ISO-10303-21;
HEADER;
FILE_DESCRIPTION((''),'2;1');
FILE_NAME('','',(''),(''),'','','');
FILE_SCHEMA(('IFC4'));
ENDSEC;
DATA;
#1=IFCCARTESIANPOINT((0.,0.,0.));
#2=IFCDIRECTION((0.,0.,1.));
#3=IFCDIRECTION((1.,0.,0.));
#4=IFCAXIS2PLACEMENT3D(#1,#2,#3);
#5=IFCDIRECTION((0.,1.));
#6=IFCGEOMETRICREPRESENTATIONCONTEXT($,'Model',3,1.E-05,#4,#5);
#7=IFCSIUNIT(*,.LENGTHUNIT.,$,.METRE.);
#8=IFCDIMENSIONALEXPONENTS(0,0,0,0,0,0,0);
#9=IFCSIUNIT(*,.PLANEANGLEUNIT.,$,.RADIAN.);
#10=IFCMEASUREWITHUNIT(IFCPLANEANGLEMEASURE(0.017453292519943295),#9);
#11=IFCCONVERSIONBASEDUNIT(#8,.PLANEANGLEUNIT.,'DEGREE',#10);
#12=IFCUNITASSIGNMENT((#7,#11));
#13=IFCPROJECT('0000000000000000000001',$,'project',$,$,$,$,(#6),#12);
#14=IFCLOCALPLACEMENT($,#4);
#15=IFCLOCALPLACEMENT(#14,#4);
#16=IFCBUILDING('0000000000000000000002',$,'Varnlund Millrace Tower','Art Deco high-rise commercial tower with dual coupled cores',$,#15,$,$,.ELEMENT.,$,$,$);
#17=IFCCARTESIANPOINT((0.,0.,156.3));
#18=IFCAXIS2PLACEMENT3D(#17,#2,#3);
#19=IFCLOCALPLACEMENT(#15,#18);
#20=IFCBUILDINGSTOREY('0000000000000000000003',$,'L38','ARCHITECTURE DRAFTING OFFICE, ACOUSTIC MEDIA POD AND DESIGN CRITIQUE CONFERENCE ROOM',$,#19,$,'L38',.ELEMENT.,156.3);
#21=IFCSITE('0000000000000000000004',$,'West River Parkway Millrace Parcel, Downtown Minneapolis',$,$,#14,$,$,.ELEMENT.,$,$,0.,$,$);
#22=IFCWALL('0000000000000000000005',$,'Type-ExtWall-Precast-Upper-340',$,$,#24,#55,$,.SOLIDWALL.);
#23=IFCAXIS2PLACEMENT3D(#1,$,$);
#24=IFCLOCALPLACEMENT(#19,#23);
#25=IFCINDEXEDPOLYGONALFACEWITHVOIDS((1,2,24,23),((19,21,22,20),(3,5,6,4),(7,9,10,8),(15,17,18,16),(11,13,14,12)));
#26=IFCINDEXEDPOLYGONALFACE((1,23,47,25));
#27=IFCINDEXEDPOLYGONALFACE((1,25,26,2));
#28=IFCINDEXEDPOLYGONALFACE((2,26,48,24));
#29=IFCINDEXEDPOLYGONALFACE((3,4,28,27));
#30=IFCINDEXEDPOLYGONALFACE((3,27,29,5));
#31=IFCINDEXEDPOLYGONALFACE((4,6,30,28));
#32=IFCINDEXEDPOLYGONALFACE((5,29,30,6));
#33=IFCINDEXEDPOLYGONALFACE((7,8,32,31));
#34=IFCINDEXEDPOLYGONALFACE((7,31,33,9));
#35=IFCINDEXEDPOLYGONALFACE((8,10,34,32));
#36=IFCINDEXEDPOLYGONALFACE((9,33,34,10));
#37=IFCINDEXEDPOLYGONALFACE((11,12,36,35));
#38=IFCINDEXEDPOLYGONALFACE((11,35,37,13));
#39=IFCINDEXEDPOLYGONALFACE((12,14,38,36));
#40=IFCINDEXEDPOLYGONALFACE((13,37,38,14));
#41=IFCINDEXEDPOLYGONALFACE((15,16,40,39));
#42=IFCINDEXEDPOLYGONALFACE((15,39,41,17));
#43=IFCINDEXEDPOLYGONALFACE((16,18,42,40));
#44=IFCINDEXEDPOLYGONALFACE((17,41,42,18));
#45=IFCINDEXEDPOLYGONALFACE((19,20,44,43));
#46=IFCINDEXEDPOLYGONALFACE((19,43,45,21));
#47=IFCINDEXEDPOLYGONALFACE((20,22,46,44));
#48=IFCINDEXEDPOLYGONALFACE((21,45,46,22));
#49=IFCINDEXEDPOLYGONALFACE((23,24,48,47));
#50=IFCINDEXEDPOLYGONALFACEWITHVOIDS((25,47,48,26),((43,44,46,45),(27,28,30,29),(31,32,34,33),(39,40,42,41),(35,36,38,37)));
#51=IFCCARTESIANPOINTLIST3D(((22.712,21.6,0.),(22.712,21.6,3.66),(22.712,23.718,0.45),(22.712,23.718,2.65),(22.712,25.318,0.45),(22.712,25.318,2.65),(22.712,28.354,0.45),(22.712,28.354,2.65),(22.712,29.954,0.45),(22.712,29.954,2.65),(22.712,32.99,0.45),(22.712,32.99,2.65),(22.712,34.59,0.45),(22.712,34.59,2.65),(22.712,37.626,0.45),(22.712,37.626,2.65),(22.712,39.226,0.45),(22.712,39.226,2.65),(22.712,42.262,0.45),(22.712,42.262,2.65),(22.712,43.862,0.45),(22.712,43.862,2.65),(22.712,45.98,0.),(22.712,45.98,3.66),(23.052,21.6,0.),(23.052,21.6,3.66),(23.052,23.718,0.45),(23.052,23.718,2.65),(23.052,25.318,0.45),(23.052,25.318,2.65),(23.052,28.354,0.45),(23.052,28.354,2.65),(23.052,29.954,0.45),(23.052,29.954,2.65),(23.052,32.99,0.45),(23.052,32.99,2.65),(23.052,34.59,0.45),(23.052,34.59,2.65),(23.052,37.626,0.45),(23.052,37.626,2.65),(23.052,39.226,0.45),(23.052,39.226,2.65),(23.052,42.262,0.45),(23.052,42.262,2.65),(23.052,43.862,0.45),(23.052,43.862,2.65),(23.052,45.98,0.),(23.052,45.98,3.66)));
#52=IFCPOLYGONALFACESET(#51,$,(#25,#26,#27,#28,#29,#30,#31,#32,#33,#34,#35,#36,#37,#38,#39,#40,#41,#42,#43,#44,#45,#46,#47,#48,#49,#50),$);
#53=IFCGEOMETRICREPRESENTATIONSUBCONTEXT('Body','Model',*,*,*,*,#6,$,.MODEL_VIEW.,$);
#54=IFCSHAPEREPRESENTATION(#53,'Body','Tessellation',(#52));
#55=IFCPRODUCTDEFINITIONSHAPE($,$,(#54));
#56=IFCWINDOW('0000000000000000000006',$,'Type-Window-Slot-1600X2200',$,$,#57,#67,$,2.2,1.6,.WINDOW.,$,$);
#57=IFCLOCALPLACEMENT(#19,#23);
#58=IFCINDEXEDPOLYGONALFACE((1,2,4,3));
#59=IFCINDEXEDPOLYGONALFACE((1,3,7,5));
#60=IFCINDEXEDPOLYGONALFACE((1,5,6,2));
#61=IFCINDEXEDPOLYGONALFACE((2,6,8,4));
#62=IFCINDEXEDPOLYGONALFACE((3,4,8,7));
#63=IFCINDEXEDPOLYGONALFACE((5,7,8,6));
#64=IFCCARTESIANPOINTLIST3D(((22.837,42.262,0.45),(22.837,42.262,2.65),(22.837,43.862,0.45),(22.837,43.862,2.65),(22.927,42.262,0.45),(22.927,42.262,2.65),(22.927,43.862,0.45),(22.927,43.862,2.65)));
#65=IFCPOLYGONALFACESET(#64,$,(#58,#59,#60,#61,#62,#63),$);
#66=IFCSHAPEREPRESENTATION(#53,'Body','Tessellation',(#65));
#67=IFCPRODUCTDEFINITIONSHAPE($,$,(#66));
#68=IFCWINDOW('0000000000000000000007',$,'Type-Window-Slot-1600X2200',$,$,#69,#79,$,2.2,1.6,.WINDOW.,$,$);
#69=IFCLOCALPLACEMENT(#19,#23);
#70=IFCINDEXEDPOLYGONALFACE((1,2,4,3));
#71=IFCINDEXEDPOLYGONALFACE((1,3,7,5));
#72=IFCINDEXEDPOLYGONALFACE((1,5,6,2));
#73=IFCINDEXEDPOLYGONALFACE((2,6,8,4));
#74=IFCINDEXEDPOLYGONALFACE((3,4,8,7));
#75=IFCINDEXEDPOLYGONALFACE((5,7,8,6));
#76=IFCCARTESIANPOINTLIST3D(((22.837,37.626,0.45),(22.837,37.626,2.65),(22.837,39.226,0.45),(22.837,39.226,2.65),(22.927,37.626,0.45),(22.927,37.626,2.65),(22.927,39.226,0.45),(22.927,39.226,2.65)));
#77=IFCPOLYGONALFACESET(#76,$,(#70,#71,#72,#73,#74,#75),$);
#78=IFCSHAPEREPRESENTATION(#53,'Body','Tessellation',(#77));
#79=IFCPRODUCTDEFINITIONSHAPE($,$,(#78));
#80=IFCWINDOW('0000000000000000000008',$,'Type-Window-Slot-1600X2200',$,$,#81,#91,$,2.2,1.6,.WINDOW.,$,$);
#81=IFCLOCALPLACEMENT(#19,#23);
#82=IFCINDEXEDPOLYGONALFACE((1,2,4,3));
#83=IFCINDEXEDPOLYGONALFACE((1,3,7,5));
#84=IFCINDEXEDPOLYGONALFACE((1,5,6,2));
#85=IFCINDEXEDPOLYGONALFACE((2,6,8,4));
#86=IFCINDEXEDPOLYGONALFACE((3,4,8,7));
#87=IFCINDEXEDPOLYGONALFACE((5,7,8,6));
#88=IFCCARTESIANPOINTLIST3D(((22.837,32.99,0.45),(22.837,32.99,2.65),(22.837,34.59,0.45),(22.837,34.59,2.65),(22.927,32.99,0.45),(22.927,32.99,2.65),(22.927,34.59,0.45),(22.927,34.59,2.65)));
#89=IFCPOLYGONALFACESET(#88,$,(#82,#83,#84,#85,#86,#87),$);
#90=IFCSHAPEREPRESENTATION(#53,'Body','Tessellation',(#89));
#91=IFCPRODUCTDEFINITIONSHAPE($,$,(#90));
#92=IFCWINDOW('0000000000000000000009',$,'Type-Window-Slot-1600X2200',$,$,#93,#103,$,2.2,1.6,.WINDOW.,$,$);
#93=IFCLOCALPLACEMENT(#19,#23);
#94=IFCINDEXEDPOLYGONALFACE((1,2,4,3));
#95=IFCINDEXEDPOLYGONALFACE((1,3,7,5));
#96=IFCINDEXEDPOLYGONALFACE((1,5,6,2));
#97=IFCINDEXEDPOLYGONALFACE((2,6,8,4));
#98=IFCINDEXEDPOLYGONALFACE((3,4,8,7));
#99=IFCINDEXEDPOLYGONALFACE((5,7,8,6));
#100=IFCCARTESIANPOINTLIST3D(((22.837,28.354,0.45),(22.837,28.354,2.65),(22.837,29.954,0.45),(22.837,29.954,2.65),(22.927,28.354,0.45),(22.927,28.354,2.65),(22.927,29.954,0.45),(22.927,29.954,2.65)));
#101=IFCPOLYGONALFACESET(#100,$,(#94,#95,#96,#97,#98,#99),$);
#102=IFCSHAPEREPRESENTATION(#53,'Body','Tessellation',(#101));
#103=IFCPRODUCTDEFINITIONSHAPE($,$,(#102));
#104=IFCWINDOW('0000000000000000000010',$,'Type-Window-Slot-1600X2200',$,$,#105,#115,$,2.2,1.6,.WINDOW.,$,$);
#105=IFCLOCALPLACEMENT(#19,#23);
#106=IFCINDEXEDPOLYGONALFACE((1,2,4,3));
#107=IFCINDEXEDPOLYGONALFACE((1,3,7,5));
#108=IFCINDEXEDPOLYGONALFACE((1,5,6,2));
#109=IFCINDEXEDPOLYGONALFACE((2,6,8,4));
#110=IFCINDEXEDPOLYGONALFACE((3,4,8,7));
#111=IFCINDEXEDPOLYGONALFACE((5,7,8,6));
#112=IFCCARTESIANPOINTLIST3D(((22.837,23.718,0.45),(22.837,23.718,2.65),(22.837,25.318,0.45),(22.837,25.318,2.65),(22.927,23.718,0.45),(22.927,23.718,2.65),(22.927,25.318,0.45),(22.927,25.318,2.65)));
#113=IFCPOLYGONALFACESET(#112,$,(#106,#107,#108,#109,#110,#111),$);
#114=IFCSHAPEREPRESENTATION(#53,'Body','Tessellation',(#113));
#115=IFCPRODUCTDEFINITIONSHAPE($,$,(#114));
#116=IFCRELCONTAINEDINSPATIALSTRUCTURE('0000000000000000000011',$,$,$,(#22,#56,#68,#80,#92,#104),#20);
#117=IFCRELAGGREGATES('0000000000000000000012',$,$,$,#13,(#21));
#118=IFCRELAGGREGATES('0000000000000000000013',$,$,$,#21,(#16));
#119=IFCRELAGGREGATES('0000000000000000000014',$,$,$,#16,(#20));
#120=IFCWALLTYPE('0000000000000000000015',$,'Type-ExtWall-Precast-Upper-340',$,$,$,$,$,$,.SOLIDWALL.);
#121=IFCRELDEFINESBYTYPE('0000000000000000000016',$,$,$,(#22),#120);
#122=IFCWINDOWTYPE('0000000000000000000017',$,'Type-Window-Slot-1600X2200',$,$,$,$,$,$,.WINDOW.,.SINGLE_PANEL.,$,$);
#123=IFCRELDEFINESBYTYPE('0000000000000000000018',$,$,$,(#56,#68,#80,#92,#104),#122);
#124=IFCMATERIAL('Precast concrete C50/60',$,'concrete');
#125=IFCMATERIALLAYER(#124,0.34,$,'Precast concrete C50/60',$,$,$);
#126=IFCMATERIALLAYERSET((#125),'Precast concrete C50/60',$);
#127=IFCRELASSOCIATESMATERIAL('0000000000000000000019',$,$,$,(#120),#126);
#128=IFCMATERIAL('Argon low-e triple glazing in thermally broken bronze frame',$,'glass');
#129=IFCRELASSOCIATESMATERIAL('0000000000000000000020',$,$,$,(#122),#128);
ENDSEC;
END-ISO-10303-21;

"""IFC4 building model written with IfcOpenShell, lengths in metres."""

from ifc_helpers import new_model, entity, si_unit, converted_unit, direction, frame, origin_with_axes, origin_2d_with_axis, place, context, subcontext, project, spatial, polyline, rectangle, outline, extrude, material, layer, layer_set, type_object, element, fill, save


model = new_model("IFC4")

# Units and contexts
model_context = context("Model", 3, precision=1e-05, world=origin_with_axes(), true_north=direction((0.0, 1.0)))
body_context = subcontext(model_context, "Body", "Model", "MODEL_VIEW")
ifc_project = project(units=[si_unit("LENGTHUNIT", "METRE"), converted_unit("PLANEANGLEUNIT", "DEGREE", entity("IfcPlaneAngleMeasure", 0.017453292519943295), si_unit("PLANEANGLEUNIT", "RADIAN"), dimensions=[0, 0, 0, 0, 0, 0, 0])], contexts=[model_context])

# Site, building, storey
site_placement = place(None, origin_with_axes())
site = spatial("IfcSite", under=ifc_project, at=site_placement, Name="West River Parkway Millrace Parcel, Downtown Minneapolis", CompositionType="ELEMENT", RefElevation=0.0)
building_placement = place(site_placement, origin_with_axes())
building = spatial("IfcBuilding", under=site, at=building_placement, Name="Varnlund Millrace Tower", Description="Art Deco high-rise commercial tower with dual coupled cores", CompositionType="ELEMENT")
storey_placement = place(building_placement, frame((0.0, 0.0, 156.3), z_axis=(0.0, 0.0, 1.0), x_axis=(1.0, 0.0, 0.0)))
storey = spatial("IfcBuildingStorey", under=building, at=storey_placement, Name="L38", Description="ARCHITECTURE DRAFTING OFFICE, ACOUSTIC MEDIA POD AND DESIGN CRITIQUE CONFERENCE ROOM", LongName="L38", CompositionType="ELEMENT", Elevation=156.3)

# Shared definitions
ifc_material_1 = material(Name="Precast concrete C50/60", Category="concrete")
ifc_layer_1 = layer(ifc_material_1, 0.34, Name="Precast concrete C50/60")
ifc_layer_set_1 = layer_set([ifc_layer_1], Name="Precast concrete C50/60")
wall_type_1 = type_object("IfcWallType", Name="Type-ExtWall-Precast-Upper-340", PredefinedType="SOLIDWALL", material=ifc_layer_set_1)
ifc_material_2 = material(Name="Argon low-e triple glazing in thermally broken bronze frame", Category="glass")

# Wall, openings, windows
wall_1_placement = place(storey_placement, frame((22.882, 45.98, 0.0), z_axis=(0.0, 0.0, 1.0), x_axis=(0.0, -1.0, 0.0)))
wall_1 = element("IfcWall", 1, at=wall_1_placement, inside=storey, type_object=wall_type_1, Name="Type-ExtWall-Precast-Upper-340", PredefinedType="SOLIDWALL", context=body_context, shape_type="SweptSolid", body=[
    extrude(outline(polyline([(0.0, -0.17), (24.38, -0.17), (24.38, 0.17), (0.0, 0.17), (0.0, -0.17)])), origin_with_axes(), (0.0, 0.0, 1.0), 3.66),
])
opening_1_placement = place(wall_1_placement, frame((2.918, 0.0, 0.45), z_axis=(0.0, 0.0, 1.0), x_axis=(1.0, 0.0, 0.0)))
opening_1 = element("IfcOpeningElement", 2, at=opening_1_placement, cuts=wall_1, PredefinedType="OPENING", context=body_context, shape_type="SweptSolid", body=[
    extrude(rectangle(XDim=1.6, YDim=0.36, at=origin_2d_with_axis()), origin_with_axes(), (0.0, 0.0, 1.0), 2.2),
])
opening_2_placement = place(wall_1_placement, frame((7.554, 0.0, 0.45), z_axis=(0.0, 0.0, 1.0), x_axis=(1.0, 0.0, 0.0)))
opening_2 = element("IfcOpeningElement", 3, at=opening_2_placement, cuts=wall_1, PredefinedType="OPENING", context=body_context, shape_type="SweptSolid", body=[
    extrude(rectangle(XDim=1.6, YDim=0.36, at=origin_2d_with_axis()), origin_with_axes(), (0.0, 0.0, 1.0), 2.2),
])
opening_3_placement = place(wall_1_placement, frame((12.19, 0.0, 0.45), z_axis=(0.0, 0.0, 1.0), x_axis=(1.0, 0.0, 0.0)))
opening_3 = element("IfcOpeningElement", 4, at=opening_3_placement, cuts=wall_1, PredefinedType="OPENING", context=body_context, shape_type="SweptSolid", body=[
    extrude(rectangle(XDim=1.6, YDim=0.36, at=origin_2d_with_axis()), origin_with_axes(), (0.0, 0.0, 1.0), 2.2),
])
opening_4_placement = place(wall_1_placement, frame((16.826, 0.0, 0.45), z_axis=(0.0, 0.0, 1.0), x_axis=(1.0, 0.0, 0.0)))
opening_4 = element("IfcOpeningElement", 5, at=opening_4_placement, cuts=wall_1, PredefinedType="OPENING", context=body_context, shape_type="SweptSolid", body=[
    extrude(rectangle(XDim=1.6, YDim=0.36, at=origin_2d_with_axis()), origin_with_axes(), (0.0, 0.0, 1.0), 2.2),
])
opening_5_placement = place(wall_1_placement, frame((21.462, 0.0, 0.45), z_axis=(0.0, 0.0, 1.0), x_axis=(1.0, 0.0, 0.0)))
opening_5 = element("IfcOpeningElement", 6, at=opening_5_placement, cuts=wall_1, PredefinedType="OPENING", context=body_context, shape_type="SweptSolid", body=[
    extrude(rectangle(XDim=1.6, YDim=0.36, at=origin_2d_with_axis()), origin_with_axes(), (0.0, 0.0, 1.0), 2.2),
])
window_type_1 = type_object("IfcWindowType", Name="Type-Window-Slot-1600X2200", PartitioningType="SINGLE_PANEL", PredefinedType="WINDOW", material=ifc_material_2)
window_1_placement = place(wall_1_placement, frame((2.918, 0.0, 0.45), z_axis=(0.0, 0.0, 1.0), x_axis=(1.0, 0.0, 0.0)))
window_1 = element("IfcWindow", 7, at=window_1_placement, inside=storey, type_object=window_type_1, Name="Type-Window-Slot-1600X2200", OverallHeight=2.2, OverallWidth=1.6, PredefinedType="WINDOW", context=body_context, shape_type="SweptSolid", body=[
    extrude(rectangle(XDim=1.6, YDim=0.09, at=origin_2d_with_axis()), origin_with_axes(), (0.0, 0.0, 1.0), 2.2),
])
fill(opening_1, window_1)
window_2_placement = place(wall_1_placement, frame((7.554, 0.0, 0.45), z_axis=(0.0, 0.0, 1.0), x_axis=(1.0, 0.0, 0.0)))
window_2 = element("IfcWindow", 8, at=window_2_placement, inside=storey, type_object=window_type_1, Name="Type-Window-Slot-1600X2200", OverallHeight=2.2, OverallWidth=1.6, PredefinedType="WINDOW", context=body_context, shape_type="SweptSolid", body=[
    extrude(rectangle(XDim=1.6, YDim=0.09, at=origin_2d_with_axis()), origin_with_axes(), (0.0, 0.0, 1.0), 2.2),
])
fill(opening_2, window_2)
window_3_placement = place(wall_1_placement, frame((12.19, 0.0, 0.45), z_axis=(0.0, 0.0, 1.0), x_axis=(1.0, 0.0, 0.0)))
window_3 = element("IfcWindow", 9, at=window_3_placement, inside=storey, type_object=window_type_1, Name="Type-Window-Slot-1600X2200", OverallHeight=2.2, OverallWidth=1.6, PredefinedType="WINDOW", context=body_context, shape_type="SweptSolid", body=[
    extrude(rectangle(XDim=1.6, YDim=0.09, at=origin_2d_with_axis()), origin_with_axes(), (0.0, 0.0, 1.0), 2.2),
])
fill(opening_3, window_3)
window_4_placement = place(wall_1_placement, frame((16.826, 0.0, 0.45), z_axis=(0.0, 0.0, 1.0), x_axis=(1.0, 0.0, 0.0)))
window_4 = element("IfcWindow", 10, at=window_4_placement, inside=storey, type_object=window_type_1, Name="Type-Window-Slot-1600X2200", OverallHeight=2.2, OverallWidth=1.6, PredefinedType="WINDOW", context=body_context, shape_type="SweptSolid", body=[
    extrude(rectangle(XDim=1.6, YDim=0.09, at=origin_2d_with_axis()), origin_with_axes(), (0.0, 0.0, 1.0), 2.2),
])
fill(opening_4, window_4)
window_5_placement = place(wall_1_placement, frame((21.462, 0.0, 0.45), z_axis=(0.0, 0.0, 1.0), x_axis=(1.0, 0.0, 0.0)))
window_5 = element("IfcWindow", 11, at=window_5_placement, inside=storey, type_object=window_type_1, Name="Type-Window-Slot-1600X2200", OverallHeight=2.2, OverallWidth=1.6, PredefinedType="WINDOW", context=body_context, shape_type="SweptSolid", body=[
    extrude(rectangle(XDim=1.6, YDim=0.09, at=origin_2d_with_axis()), origin_with_axes(), (0.0, 0.0, 1.0), 2.2),
])
fill(opening_5, window_5)

save(model, "model.ifc")
